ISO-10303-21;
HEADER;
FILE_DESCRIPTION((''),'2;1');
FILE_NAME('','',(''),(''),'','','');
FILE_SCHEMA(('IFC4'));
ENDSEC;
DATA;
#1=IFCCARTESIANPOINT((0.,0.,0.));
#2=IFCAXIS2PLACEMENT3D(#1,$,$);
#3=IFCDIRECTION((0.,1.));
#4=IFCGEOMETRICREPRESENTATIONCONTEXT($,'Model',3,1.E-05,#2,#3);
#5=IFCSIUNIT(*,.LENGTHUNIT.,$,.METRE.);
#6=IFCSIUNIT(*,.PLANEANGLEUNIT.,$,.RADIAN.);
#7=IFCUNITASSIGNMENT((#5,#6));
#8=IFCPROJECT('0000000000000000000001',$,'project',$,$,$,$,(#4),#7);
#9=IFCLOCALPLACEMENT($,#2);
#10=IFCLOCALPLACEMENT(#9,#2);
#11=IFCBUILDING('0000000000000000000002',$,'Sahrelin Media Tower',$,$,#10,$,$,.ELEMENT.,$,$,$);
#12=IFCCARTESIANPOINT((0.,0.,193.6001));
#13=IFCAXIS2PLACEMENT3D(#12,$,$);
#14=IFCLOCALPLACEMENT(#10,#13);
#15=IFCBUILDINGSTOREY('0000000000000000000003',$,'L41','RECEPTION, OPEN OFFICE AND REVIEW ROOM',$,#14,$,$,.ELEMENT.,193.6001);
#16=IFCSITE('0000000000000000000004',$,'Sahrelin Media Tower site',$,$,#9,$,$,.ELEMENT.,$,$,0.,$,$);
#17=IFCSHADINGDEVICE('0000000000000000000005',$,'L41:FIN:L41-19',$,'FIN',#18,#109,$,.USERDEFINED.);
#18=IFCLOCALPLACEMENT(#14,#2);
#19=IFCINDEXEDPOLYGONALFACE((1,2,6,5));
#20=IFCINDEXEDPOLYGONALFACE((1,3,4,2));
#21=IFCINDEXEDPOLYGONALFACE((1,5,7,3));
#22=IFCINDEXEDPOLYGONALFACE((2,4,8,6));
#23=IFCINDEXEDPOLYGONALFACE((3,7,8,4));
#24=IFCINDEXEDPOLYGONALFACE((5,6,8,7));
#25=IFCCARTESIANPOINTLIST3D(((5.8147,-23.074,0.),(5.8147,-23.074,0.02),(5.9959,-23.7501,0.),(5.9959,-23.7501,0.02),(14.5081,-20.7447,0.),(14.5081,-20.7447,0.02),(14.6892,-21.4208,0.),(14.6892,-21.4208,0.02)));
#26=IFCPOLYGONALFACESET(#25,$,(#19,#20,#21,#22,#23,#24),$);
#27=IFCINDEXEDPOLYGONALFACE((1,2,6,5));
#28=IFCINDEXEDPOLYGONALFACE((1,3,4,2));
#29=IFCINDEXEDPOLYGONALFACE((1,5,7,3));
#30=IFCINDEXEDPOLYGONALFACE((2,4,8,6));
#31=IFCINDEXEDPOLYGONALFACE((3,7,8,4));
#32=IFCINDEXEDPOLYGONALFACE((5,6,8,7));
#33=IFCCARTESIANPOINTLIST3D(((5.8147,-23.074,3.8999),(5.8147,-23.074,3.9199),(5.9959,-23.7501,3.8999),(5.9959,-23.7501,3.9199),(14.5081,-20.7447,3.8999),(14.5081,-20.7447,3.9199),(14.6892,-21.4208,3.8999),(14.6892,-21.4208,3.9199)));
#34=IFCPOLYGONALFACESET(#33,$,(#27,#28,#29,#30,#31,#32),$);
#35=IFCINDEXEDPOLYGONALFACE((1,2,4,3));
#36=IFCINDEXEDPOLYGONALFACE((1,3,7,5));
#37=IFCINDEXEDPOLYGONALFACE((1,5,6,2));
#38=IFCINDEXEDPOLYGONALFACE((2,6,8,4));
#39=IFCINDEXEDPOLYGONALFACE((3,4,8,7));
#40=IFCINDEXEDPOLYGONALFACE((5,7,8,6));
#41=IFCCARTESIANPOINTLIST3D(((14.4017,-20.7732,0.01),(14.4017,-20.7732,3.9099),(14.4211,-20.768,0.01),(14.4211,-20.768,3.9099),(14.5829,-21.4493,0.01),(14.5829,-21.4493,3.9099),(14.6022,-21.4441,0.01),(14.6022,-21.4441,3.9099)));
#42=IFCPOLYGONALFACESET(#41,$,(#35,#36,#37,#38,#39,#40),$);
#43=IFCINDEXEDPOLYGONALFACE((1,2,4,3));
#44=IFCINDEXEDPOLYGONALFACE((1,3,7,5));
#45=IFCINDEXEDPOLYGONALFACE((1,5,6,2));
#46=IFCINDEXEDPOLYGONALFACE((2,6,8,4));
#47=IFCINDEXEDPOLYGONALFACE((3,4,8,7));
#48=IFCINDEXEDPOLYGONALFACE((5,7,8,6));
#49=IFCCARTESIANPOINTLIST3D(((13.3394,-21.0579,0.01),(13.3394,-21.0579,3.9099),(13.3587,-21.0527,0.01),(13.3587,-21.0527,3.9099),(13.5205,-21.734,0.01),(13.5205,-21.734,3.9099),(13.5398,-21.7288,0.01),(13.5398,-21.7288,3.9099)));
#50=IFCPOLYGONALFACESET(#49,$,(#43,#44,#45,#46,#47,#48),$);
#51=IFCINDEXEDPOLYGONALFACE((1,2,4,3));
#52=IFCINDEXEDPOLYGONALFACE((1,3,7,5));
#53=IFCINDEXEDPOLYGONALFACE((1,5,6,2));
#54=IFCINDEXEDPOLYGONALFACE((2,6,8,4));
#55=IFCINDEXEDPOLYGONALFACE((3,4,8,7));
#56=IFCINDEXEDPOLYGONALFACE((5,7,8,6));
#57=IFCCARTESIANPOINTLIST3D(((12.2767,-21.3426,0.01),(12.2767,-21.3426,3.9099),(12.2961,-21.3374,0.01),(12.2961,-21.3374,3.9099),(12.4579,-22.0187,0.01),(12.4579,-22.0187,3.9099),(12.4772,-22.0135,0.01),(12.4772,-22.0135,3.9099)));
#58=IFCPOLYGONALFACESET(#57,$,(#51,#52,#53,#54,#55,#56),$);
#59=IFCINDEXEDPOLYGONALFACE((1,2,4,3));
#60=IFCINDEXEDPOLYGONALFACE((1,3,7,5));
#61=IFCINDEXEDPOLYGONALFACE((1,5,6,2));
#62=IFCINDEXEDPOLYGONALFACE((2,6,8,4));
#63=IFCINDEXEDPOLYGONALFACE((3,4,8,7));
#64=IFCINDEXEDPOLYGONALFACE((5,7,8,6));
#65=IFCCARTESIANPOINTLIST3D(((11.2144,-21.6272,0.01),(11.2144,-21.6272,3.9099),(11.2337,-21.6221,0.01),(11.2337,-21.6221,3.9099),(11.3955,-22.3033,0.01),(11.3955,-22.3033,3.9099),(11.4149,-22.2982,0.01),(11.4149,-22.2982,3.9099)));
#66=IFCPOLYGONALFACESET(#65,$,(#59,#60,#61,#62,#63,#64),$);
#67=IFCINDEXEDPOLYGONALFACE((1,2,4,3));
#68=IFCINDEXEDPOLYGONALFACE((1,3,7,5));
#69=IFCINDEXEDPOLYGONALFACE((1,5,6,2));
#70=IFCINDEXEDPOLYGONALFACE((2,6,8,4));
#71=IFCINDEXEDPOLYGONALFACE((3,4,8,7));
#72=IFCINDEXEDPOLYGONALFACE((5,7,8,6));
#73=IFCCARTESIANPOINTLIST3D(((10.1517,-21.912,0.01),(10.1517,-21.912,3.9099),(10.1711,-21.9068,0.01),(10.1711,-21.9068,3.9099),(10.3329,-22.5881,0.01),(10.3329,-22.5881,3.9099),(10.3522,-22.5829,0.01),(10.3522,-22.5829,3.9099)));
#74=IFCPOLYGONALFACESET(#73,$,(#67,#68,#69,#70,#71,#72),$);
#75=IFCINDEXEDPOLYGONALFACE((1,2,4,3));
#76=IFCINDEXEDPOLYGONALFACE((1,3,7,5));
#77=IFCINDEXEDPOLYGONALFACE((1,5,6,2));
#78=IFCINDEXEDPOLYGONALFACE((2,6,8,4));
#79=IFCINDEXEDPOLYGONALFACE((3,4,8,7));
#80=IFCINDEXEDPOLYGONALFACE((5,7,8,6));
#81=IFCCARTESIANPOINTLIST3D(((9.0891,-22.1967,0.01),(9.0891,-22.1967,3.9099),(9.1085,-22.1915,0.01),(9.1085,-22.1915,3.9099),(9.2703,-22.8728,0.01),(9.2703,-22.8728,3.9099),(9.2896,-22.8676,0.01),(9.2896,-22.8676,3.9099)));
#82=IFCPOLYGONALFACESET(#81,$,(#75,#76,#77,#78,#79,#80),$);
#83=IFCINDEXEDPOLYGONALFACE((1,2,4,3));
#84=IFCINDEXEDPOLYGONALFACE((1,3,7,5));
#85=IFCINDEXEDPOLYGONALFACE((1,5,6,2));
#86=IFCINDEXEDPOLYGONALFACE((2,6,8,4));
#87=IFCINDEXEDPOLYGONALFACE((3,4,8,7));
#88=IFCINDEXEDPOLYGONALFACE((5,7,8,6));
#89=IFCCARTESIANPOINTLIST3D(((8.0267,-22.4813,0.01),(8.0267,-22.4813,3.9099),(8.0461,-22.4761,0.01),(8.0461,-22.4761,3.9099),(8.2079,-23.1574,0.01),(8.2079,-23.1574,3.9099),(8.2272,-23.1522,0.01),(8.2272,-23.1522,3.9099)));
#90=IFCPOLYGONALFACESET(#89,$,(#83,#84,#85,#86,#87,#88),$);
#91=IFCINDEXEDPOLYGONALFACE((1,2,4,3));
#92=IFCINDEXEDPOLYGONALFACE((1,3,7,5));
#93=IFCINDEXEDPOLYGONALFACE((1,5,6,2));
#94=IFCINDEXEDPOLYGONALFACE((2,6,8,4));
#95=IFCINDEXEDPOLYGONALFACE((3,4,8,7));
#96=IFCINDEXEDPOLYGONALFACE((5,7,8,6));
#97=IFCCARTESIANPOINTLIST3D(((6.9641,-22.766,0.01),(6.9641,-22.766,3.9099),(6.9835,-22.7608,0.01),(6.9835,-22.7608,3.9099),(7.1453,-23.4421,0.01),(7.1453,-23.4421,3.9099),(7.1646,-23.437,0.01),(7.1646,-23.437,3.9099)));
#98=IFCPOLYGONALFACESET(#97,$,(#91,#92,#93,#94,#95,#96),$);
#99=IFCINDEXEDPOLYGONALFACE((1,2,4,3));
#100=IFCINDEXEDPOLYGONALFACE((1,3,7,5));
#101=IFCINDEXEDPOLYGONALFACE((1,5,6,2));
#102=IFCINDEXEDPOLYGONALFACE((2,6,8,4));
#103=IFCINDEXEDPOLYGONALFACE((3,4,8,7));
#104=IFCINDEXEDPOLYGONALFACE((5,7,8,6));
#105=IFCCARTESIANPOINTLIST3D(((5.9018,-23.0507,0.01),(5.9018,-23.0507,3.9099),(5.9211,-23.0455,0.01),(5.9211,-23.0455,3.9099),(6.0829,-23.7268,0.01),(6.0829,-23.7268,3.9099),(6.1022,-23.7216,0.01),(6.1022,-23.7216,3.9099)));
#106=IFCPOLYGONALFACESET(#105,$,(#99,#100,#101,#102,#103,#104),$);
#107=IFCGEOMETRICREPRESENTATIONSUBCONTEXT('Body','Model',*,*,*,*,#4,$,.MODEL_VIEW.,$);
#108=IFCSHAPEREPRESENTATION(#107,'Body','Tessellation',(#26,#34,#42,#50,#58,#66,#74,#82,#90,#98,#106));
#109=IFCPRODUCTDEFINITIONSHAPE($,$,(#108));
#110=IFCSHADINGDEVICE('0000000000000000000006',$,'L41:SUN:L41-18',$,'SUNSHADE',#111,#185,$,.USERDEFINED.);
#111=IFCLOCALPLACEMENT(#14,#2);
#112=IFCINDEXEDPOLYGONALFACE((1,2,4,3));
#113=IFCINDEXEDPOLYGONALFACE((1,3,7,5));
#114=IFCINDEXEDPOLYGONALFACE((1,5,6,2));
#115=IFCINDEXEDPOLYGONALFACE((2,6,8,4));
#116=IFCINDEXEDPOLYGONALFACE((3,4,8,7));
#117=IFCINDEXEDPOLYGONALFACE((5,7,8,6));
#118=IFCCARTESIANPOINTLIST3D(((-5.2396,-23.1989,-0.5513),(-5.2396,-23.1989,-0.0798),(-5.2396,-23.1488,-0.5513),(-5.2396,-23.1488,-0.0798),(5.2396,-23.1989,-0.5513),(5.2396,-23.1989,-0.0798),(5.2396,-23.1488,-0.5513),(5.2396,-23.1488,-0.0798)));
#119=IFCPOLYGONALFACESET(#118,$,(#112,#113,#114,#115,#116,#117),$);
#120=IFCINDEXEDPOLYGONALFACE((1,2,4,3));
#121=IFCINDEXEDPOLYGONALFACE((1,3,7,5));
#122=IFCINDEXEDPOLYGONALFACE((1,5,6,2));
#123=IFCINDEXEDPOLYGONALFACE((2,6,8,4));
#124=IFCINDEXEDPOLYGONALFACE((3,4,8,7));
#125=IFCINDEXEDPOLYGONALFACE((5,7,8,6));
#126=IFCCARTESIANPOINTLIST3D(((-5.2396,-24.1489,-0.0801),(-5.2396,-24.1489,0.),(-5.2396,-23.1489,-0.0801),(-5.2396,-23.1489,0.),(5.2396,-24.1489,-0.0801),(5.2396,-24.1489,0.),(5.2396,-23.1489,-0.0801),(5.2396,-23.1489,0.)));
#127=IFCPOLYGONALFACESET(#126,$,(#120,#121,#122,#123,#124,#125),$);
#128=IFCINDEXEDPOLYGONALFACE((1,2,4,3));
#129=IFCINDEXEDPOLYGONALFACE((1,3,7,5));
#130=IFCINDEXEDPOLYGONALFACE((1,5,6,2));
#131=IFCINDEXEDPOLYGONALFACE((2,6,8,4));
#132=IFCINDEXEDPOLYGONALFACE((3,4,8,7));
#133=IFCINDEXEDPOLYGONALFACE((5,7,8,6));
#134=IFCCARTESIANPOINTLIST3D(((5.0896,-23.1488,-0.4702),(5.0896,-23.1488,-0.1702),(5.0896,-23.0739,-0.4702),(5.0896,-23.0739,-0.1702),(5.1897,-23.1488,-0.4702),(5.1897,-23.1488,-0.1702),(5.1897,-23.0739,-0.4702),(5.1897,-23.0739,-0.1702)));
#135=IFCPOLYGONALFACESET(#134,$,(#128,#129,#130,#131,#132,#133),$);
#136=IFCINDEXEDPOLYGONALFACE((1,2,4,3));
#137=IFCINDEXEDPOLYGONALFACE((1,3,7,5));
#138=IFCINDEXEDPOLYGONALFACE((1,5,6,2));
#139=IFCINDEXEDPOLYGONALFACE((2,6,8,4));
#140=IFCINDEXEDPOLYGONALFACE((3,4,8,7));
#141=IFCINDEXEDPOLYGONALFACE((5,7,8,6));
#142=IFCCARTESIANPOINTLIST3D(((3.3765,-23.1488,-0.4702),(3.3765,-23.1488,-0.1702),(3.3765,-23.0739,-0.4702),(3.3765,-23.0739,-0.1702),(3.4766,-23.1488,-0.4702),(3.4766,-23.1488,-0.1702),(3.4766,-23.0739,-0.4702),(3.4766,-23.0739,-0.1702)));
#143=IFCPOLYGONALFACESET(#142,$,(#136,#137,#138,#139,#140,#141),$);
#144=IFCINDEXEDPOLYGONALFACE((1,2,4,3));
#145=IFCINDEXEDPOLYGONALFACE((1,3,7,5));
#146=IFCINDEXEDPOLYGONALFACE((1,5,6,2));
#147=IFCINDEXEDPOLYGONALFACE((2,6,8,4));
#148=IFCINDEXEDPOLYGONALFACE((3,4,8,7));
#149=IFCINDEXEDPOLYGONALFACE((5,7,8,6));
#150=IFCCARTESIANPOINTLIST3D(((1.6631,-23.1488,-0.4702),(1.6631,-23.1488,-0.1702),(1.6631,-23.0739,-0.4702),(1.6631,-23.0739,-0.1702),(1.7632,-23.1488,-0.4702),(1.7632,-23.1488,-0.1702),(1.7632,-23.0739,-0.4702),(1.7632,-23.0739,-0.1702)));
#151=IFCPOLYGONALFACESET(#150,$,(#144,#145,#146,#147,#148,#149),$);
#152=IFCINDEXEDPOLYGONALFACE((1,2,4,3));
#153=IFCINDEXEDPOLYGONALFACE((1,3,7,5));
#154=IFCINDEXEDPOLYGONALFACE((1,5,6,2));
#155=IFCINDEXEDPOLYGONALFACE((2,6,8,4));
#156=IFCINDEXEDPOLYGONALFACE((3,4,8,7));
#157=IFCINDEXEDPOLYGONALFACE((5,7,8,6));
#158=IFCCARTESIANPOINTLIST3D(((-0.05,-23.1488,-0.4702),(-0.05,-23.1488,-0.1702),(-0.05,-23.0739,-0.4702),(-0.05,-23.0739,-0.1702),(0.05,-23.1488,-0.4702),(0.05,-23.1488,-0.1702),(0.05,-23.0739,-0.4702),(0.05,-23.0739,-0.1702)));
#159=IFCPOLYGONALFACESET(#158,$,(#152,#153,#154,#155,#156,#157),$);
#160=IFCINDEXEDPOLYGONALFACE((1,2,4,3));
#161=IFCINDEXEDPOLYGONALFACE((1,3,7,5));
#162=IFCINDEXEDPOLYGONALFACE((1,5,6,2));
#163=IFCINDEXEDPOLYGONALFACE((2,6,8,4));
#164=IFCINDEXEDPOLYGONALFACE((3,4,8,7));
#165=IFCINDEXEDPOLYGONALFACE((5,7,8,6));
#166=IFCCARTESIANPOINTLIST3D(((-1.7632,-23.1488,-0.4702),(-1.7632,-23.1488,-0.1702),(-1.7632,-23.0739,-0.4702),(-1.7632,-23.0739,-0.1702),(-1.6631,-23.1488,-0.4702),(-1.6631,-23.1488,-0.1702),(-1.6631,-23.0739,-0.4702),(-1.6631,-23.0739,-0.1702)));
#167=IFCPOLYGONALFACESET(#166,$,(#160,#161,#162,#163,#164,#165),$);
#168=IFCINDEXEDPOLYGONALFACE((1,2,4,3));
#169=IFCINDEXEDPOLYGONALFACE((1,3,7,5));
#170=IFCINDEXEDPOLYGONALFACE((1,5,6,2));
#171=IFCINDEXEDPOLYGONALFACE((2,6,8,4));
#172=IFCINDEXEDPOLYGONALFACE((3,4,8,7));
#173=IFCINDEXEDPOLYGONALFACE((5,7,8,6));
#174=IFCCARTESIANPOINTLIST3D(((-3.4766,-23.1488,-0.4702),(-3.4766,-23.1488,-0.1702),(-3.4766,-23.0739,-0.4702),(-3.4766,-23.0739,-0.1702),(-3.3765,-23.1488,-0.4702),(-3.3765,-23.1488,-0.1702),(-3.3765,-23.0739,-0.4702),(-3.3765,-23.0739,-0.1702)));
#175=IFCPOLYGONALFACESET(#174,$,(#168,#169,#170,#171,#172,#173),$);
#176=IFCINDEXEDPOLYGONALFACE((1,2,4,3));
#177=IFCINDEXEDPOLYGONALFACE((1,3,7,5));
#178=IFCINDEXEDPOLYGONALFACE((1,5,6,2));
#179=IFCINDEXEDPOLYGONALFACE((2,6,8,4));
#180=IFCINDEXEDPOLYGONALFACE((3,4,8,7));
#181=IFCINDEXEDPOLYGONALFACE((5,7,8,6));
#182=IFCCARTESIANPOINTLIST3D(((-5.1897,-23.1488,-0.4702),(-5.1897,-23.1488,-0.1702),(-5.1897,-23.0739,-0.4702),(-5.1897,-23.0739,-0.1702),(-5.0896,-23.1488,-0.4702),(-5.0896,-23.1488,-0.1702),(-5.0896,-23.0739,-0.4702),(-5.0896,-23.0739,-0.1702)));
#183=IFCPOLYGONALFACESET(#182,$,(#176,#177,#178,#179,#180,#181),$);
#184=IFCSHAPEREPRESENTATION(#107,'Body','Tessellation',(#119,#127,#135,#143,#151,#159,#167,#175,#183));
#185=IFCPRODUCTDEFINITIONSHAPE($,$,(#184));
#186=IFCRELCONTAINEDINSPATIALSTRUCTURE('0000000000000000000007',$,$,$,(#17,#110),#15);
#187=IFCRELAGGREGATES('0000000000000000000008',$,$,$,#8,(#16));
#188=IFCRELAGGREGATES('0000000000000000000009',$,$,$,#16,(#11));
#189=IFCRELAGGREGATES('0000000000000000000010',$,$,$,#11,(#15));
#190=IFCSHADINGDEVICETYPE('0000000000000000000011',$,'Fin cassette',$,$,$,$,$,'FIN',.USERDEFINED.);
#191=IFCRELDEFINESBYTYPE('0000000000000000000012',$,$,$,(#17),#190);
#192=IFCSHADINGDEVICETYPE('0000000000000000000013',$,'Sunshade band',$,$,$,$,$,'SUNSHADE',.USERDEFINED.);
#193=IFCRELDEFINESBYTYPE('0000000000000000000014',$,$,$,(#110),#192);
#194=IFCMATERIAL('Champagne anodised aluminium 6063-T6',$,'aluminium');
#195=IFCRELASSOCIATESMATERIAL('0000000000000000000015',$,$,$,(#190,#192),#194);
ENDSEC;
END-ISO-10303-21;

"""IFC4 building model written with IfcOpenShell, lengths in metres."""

from ifc_helpers import new_model, si_unit, direction, frame, origin, origin_2d, place, context, subcontext, project, spatial, rectangle, extrude, material, type_object, element, save


model = new_model("IFC4")

# Units and contexts
model_context = context("Model", 3, precision=1e-05, world=origin(), true_north=direction((0.0, 1.0)))
body_context = subcontext(model_context, "Body", "Model", "MODEL_VIEW")
ifc_project = project(units=[si_unit("LENGTHUNIT", "METRE"), si_unit("PLANEANGLEUNIT", "RADIAN")], contexts=[model_context])

# Site, building, storey
site_placement = place(None, origin())
site = spatial("IfcSite", under=ifc_project, at=site_placement, Name="Sahrelin Media Tower site", CompositionType="ELEMENT", RefElevation=0.0)
building_placement = place(site_placement, origin())
building = spatial("IfcBuilding", under=site, at=building_placement, Name="Sahrelin Media Tower", CompositionType="ELEMENT")
storey_placement = place(building_placement, frame((0.0, 0.0, 193.6001)))
storey = spatial("IfcBuildingStorey", under=building, at=storey_placement, Name="L41", Description="RECEPTION, OPEN OFFICE AND REVIEW ROOM", CompositionType="ELEMENT", Elevation=193.6001)

# Shared definitions
ifc_material_1 = material(Name="Champagne anodised aluminium 6063-T6", Category="aluminium")

# Shading devices
shading_device_type_1 = type_object("IfcShadingDeviceType", Name="Fin cassette", ElementType="FIN", PredefinedType="USERDEFINED", material=ifc_material_1)
placement_1 = place(storey_placement, frame((0.0, -23.1289, 0.0), z_axis=(0.0, 0.0, 1.0), x_axis=(-1.0, 0.0, 0.0)))
placement_2 = place(storey_placement, frame((10.1433, -21.8418, 0.0), z_axis=(0.0, 0.0, 1.0), x_axis=(-0.965929, -0.258808, 0.0)))
element("IfcShadingDevice", 1, at=placement_2, inside=storey, type_object=shading_device_type_1, Name="L41:FIN:L41-19", ObjectType="FIN", PredefinedType="USERDEFINED", context=body_context, shape_type="SweptSolid", body=[
    extrude(rectangle(XDim=9.0, YDim=0.7, at=origin_2d()), frame((0.0, 0.4199, 0.0)), (0.0, 0.0, 1.0), 0.02),
    extrude(rectangle(XDim=9.0, YDim=0.7, at=origin_2d()), frame((0.0, 0.4199, 3.8999)), (0.0, 0.0, 1.0), 0.02),
    extrude(rectangle(XDim=0.02, YDim=0.7, at=origin_2d()), frame((-4.3999, 0.4199, 0.01), z_axis=(0.0, 0.0, 1.0), x_axis=(1.0, 0.0, 0.0)), (0.0, 0.0, 1.0), 3.8999),
    extrude(rectangle(XDim=0.02, YDim=0.7, at=origin_2d()), frame((-3.3, 0.4199, 0.01), z_axis=(0.0, 0.0, 1.0), x_axis=(1.0, 0.0, 0.0)), (0.0, 0.0, 1.0), 3.8999),
    extrude(rectangle(XDim=0.02, YDim=0.7, at=origin_2d()), frame((-2.2, 0.4199, 0.01), z_axis=(0.0, 0.0, 1.0), x_axis=(1.0, 0.0, 0.0)), (0.0, 0.0, 1.0), 3.8999),
    extrude(rectangle(XDim=0.02, YDim=0.7, at=origin_2d()), frame((-1.1001, 0.4199, 0.01), z_axis=(0.0, 0.0, 1.0), x_axis=(1.0, 0.0, 0.0)), (0.0, 0.0, 1.0), 3.8999),
    extrude(rectangle(XDim=0.02, YDim=0.7, at=origin_2d()), frame((0.0, 0.4199, 0.01), z_axis=(0.0, 0.0, 1.0), x_axis=(1.0, 0.0, 0.0)), (0.0, 0.0, 1.0), 3.8999),
    extrude(rectangle(XDim=0.02, YDim=0.7, at=origin_2d()), frame((1.1001, 0.4199, 0.01), z_axis=(0.0, 0.0, 1.0), x_axis=(1.0, 0.0, 0.0)), (0.0, 0.0, 1.0), 3.8999),
    extrude(rectangle(XDim=0.02, YDim=0.7, at=origin_2d()), frame((2.2, 0.4199, 0.01), z_axis=(0.0, 0.0, 1.0), x_axis=(1.0, 0.0, 0.0)), (0.0, 0.0, 1.0), 3.8999),
    extrude(rectangle(XDim=0.02, YDim=0.7, at=origin_2d()), frame((3.3, 0.4199, 0.01), z_axis=(0.0, 0.0, 1.0), x_axis=(1.0, 0.0, 0.0)), (0.0, 0.0, 1.0), 3.8999),
    extrude(rectangle(XDim=0.02, YDim=0.7, at=origin_2d()), frame((4.3999, 0.4199, 0.01), z_axis=(0.0, 0.0, 1.0), x_axis=(1.0, 0.0, 0.0)), (0.0, 0.0, 1.0), 3.8999),
])
shading_device_type_2 = type_object("IfcShadingDeviceType", Name="Sunshade band", ElementType="SUNSHADE", PredefinedType="USERDEFINED", material=ifc_material_1)
element("IfcShadingDevice", 2, at=placement_1, inside=storey, type_object=shading_device_type_2, Name="L41:SUN:L41-18", ObjectType="SUNSHADE", PredefinedType="USERDEFINED", context=body_context, shape_type="SweptSolid", body=[
    extrude(rectangle(XDim=10.4792, YDim=0.05, at=origin_2d()), frame((0.0, 0.0449, -0.5513)), (0.0, 0.0, 1.0), 0.4714),
    extrude(rectangle(XDim=10.4792, YDim=1.0, at=origin_2d()), frame((0.0, 0.52, -0.0801)), (0.0, 0.0, 1.0), 0.0801),
    extrude(rectangle(XDim=0.1001, YDim=0.075, at=origin_2d()), frame((-5.1396, -0.0176, -0.4702)), (0.0, 0.0, 1.0), 0.3),
    extrude(rectangle(XDim=0.1001, YDim=0.075, at=origin_2d()), frame((-3.4265, -0.0176, -0.4702)), (0.0, 0.0, 1.0), 0.3),
    extrude(rectangle(XDim=0.1001, YDim=0.075, at=origin_2d()), frame((-1.7131, -0.0176, -0.4702)), (0.0, 0.0, 1.0), 0.3),
    extrude(rectangle(XDim=0.1001, YDim=0.075, at=origin_2d()), frame((0.0, -0.0176, -0.4702)), (0.0, 0.0, 1.0), 0.3),
    extrude(rectangle(XDim=0.1001, YDim=0.075, at=origin_2d()), frame((1.7131, -0.0176, -0.4702)), (0.0, 0.0, 1.0), 0.3),
    extrude(rectangle(XDim=0.1001, YDim=0.075, at=origin_2d()), frame((3.4265, -0.0176, -0.4702)), (0.0, 0.0, 1.0), 0.3),
    extrude(rectangle(XDim=0.1001, YDim=0.075, at=origin_2d()), frame((5.1396, -0.0176, -0.4702)), (0.0, 0.0, 1.0), 0.3),
])

save(model, "model.ifc")
